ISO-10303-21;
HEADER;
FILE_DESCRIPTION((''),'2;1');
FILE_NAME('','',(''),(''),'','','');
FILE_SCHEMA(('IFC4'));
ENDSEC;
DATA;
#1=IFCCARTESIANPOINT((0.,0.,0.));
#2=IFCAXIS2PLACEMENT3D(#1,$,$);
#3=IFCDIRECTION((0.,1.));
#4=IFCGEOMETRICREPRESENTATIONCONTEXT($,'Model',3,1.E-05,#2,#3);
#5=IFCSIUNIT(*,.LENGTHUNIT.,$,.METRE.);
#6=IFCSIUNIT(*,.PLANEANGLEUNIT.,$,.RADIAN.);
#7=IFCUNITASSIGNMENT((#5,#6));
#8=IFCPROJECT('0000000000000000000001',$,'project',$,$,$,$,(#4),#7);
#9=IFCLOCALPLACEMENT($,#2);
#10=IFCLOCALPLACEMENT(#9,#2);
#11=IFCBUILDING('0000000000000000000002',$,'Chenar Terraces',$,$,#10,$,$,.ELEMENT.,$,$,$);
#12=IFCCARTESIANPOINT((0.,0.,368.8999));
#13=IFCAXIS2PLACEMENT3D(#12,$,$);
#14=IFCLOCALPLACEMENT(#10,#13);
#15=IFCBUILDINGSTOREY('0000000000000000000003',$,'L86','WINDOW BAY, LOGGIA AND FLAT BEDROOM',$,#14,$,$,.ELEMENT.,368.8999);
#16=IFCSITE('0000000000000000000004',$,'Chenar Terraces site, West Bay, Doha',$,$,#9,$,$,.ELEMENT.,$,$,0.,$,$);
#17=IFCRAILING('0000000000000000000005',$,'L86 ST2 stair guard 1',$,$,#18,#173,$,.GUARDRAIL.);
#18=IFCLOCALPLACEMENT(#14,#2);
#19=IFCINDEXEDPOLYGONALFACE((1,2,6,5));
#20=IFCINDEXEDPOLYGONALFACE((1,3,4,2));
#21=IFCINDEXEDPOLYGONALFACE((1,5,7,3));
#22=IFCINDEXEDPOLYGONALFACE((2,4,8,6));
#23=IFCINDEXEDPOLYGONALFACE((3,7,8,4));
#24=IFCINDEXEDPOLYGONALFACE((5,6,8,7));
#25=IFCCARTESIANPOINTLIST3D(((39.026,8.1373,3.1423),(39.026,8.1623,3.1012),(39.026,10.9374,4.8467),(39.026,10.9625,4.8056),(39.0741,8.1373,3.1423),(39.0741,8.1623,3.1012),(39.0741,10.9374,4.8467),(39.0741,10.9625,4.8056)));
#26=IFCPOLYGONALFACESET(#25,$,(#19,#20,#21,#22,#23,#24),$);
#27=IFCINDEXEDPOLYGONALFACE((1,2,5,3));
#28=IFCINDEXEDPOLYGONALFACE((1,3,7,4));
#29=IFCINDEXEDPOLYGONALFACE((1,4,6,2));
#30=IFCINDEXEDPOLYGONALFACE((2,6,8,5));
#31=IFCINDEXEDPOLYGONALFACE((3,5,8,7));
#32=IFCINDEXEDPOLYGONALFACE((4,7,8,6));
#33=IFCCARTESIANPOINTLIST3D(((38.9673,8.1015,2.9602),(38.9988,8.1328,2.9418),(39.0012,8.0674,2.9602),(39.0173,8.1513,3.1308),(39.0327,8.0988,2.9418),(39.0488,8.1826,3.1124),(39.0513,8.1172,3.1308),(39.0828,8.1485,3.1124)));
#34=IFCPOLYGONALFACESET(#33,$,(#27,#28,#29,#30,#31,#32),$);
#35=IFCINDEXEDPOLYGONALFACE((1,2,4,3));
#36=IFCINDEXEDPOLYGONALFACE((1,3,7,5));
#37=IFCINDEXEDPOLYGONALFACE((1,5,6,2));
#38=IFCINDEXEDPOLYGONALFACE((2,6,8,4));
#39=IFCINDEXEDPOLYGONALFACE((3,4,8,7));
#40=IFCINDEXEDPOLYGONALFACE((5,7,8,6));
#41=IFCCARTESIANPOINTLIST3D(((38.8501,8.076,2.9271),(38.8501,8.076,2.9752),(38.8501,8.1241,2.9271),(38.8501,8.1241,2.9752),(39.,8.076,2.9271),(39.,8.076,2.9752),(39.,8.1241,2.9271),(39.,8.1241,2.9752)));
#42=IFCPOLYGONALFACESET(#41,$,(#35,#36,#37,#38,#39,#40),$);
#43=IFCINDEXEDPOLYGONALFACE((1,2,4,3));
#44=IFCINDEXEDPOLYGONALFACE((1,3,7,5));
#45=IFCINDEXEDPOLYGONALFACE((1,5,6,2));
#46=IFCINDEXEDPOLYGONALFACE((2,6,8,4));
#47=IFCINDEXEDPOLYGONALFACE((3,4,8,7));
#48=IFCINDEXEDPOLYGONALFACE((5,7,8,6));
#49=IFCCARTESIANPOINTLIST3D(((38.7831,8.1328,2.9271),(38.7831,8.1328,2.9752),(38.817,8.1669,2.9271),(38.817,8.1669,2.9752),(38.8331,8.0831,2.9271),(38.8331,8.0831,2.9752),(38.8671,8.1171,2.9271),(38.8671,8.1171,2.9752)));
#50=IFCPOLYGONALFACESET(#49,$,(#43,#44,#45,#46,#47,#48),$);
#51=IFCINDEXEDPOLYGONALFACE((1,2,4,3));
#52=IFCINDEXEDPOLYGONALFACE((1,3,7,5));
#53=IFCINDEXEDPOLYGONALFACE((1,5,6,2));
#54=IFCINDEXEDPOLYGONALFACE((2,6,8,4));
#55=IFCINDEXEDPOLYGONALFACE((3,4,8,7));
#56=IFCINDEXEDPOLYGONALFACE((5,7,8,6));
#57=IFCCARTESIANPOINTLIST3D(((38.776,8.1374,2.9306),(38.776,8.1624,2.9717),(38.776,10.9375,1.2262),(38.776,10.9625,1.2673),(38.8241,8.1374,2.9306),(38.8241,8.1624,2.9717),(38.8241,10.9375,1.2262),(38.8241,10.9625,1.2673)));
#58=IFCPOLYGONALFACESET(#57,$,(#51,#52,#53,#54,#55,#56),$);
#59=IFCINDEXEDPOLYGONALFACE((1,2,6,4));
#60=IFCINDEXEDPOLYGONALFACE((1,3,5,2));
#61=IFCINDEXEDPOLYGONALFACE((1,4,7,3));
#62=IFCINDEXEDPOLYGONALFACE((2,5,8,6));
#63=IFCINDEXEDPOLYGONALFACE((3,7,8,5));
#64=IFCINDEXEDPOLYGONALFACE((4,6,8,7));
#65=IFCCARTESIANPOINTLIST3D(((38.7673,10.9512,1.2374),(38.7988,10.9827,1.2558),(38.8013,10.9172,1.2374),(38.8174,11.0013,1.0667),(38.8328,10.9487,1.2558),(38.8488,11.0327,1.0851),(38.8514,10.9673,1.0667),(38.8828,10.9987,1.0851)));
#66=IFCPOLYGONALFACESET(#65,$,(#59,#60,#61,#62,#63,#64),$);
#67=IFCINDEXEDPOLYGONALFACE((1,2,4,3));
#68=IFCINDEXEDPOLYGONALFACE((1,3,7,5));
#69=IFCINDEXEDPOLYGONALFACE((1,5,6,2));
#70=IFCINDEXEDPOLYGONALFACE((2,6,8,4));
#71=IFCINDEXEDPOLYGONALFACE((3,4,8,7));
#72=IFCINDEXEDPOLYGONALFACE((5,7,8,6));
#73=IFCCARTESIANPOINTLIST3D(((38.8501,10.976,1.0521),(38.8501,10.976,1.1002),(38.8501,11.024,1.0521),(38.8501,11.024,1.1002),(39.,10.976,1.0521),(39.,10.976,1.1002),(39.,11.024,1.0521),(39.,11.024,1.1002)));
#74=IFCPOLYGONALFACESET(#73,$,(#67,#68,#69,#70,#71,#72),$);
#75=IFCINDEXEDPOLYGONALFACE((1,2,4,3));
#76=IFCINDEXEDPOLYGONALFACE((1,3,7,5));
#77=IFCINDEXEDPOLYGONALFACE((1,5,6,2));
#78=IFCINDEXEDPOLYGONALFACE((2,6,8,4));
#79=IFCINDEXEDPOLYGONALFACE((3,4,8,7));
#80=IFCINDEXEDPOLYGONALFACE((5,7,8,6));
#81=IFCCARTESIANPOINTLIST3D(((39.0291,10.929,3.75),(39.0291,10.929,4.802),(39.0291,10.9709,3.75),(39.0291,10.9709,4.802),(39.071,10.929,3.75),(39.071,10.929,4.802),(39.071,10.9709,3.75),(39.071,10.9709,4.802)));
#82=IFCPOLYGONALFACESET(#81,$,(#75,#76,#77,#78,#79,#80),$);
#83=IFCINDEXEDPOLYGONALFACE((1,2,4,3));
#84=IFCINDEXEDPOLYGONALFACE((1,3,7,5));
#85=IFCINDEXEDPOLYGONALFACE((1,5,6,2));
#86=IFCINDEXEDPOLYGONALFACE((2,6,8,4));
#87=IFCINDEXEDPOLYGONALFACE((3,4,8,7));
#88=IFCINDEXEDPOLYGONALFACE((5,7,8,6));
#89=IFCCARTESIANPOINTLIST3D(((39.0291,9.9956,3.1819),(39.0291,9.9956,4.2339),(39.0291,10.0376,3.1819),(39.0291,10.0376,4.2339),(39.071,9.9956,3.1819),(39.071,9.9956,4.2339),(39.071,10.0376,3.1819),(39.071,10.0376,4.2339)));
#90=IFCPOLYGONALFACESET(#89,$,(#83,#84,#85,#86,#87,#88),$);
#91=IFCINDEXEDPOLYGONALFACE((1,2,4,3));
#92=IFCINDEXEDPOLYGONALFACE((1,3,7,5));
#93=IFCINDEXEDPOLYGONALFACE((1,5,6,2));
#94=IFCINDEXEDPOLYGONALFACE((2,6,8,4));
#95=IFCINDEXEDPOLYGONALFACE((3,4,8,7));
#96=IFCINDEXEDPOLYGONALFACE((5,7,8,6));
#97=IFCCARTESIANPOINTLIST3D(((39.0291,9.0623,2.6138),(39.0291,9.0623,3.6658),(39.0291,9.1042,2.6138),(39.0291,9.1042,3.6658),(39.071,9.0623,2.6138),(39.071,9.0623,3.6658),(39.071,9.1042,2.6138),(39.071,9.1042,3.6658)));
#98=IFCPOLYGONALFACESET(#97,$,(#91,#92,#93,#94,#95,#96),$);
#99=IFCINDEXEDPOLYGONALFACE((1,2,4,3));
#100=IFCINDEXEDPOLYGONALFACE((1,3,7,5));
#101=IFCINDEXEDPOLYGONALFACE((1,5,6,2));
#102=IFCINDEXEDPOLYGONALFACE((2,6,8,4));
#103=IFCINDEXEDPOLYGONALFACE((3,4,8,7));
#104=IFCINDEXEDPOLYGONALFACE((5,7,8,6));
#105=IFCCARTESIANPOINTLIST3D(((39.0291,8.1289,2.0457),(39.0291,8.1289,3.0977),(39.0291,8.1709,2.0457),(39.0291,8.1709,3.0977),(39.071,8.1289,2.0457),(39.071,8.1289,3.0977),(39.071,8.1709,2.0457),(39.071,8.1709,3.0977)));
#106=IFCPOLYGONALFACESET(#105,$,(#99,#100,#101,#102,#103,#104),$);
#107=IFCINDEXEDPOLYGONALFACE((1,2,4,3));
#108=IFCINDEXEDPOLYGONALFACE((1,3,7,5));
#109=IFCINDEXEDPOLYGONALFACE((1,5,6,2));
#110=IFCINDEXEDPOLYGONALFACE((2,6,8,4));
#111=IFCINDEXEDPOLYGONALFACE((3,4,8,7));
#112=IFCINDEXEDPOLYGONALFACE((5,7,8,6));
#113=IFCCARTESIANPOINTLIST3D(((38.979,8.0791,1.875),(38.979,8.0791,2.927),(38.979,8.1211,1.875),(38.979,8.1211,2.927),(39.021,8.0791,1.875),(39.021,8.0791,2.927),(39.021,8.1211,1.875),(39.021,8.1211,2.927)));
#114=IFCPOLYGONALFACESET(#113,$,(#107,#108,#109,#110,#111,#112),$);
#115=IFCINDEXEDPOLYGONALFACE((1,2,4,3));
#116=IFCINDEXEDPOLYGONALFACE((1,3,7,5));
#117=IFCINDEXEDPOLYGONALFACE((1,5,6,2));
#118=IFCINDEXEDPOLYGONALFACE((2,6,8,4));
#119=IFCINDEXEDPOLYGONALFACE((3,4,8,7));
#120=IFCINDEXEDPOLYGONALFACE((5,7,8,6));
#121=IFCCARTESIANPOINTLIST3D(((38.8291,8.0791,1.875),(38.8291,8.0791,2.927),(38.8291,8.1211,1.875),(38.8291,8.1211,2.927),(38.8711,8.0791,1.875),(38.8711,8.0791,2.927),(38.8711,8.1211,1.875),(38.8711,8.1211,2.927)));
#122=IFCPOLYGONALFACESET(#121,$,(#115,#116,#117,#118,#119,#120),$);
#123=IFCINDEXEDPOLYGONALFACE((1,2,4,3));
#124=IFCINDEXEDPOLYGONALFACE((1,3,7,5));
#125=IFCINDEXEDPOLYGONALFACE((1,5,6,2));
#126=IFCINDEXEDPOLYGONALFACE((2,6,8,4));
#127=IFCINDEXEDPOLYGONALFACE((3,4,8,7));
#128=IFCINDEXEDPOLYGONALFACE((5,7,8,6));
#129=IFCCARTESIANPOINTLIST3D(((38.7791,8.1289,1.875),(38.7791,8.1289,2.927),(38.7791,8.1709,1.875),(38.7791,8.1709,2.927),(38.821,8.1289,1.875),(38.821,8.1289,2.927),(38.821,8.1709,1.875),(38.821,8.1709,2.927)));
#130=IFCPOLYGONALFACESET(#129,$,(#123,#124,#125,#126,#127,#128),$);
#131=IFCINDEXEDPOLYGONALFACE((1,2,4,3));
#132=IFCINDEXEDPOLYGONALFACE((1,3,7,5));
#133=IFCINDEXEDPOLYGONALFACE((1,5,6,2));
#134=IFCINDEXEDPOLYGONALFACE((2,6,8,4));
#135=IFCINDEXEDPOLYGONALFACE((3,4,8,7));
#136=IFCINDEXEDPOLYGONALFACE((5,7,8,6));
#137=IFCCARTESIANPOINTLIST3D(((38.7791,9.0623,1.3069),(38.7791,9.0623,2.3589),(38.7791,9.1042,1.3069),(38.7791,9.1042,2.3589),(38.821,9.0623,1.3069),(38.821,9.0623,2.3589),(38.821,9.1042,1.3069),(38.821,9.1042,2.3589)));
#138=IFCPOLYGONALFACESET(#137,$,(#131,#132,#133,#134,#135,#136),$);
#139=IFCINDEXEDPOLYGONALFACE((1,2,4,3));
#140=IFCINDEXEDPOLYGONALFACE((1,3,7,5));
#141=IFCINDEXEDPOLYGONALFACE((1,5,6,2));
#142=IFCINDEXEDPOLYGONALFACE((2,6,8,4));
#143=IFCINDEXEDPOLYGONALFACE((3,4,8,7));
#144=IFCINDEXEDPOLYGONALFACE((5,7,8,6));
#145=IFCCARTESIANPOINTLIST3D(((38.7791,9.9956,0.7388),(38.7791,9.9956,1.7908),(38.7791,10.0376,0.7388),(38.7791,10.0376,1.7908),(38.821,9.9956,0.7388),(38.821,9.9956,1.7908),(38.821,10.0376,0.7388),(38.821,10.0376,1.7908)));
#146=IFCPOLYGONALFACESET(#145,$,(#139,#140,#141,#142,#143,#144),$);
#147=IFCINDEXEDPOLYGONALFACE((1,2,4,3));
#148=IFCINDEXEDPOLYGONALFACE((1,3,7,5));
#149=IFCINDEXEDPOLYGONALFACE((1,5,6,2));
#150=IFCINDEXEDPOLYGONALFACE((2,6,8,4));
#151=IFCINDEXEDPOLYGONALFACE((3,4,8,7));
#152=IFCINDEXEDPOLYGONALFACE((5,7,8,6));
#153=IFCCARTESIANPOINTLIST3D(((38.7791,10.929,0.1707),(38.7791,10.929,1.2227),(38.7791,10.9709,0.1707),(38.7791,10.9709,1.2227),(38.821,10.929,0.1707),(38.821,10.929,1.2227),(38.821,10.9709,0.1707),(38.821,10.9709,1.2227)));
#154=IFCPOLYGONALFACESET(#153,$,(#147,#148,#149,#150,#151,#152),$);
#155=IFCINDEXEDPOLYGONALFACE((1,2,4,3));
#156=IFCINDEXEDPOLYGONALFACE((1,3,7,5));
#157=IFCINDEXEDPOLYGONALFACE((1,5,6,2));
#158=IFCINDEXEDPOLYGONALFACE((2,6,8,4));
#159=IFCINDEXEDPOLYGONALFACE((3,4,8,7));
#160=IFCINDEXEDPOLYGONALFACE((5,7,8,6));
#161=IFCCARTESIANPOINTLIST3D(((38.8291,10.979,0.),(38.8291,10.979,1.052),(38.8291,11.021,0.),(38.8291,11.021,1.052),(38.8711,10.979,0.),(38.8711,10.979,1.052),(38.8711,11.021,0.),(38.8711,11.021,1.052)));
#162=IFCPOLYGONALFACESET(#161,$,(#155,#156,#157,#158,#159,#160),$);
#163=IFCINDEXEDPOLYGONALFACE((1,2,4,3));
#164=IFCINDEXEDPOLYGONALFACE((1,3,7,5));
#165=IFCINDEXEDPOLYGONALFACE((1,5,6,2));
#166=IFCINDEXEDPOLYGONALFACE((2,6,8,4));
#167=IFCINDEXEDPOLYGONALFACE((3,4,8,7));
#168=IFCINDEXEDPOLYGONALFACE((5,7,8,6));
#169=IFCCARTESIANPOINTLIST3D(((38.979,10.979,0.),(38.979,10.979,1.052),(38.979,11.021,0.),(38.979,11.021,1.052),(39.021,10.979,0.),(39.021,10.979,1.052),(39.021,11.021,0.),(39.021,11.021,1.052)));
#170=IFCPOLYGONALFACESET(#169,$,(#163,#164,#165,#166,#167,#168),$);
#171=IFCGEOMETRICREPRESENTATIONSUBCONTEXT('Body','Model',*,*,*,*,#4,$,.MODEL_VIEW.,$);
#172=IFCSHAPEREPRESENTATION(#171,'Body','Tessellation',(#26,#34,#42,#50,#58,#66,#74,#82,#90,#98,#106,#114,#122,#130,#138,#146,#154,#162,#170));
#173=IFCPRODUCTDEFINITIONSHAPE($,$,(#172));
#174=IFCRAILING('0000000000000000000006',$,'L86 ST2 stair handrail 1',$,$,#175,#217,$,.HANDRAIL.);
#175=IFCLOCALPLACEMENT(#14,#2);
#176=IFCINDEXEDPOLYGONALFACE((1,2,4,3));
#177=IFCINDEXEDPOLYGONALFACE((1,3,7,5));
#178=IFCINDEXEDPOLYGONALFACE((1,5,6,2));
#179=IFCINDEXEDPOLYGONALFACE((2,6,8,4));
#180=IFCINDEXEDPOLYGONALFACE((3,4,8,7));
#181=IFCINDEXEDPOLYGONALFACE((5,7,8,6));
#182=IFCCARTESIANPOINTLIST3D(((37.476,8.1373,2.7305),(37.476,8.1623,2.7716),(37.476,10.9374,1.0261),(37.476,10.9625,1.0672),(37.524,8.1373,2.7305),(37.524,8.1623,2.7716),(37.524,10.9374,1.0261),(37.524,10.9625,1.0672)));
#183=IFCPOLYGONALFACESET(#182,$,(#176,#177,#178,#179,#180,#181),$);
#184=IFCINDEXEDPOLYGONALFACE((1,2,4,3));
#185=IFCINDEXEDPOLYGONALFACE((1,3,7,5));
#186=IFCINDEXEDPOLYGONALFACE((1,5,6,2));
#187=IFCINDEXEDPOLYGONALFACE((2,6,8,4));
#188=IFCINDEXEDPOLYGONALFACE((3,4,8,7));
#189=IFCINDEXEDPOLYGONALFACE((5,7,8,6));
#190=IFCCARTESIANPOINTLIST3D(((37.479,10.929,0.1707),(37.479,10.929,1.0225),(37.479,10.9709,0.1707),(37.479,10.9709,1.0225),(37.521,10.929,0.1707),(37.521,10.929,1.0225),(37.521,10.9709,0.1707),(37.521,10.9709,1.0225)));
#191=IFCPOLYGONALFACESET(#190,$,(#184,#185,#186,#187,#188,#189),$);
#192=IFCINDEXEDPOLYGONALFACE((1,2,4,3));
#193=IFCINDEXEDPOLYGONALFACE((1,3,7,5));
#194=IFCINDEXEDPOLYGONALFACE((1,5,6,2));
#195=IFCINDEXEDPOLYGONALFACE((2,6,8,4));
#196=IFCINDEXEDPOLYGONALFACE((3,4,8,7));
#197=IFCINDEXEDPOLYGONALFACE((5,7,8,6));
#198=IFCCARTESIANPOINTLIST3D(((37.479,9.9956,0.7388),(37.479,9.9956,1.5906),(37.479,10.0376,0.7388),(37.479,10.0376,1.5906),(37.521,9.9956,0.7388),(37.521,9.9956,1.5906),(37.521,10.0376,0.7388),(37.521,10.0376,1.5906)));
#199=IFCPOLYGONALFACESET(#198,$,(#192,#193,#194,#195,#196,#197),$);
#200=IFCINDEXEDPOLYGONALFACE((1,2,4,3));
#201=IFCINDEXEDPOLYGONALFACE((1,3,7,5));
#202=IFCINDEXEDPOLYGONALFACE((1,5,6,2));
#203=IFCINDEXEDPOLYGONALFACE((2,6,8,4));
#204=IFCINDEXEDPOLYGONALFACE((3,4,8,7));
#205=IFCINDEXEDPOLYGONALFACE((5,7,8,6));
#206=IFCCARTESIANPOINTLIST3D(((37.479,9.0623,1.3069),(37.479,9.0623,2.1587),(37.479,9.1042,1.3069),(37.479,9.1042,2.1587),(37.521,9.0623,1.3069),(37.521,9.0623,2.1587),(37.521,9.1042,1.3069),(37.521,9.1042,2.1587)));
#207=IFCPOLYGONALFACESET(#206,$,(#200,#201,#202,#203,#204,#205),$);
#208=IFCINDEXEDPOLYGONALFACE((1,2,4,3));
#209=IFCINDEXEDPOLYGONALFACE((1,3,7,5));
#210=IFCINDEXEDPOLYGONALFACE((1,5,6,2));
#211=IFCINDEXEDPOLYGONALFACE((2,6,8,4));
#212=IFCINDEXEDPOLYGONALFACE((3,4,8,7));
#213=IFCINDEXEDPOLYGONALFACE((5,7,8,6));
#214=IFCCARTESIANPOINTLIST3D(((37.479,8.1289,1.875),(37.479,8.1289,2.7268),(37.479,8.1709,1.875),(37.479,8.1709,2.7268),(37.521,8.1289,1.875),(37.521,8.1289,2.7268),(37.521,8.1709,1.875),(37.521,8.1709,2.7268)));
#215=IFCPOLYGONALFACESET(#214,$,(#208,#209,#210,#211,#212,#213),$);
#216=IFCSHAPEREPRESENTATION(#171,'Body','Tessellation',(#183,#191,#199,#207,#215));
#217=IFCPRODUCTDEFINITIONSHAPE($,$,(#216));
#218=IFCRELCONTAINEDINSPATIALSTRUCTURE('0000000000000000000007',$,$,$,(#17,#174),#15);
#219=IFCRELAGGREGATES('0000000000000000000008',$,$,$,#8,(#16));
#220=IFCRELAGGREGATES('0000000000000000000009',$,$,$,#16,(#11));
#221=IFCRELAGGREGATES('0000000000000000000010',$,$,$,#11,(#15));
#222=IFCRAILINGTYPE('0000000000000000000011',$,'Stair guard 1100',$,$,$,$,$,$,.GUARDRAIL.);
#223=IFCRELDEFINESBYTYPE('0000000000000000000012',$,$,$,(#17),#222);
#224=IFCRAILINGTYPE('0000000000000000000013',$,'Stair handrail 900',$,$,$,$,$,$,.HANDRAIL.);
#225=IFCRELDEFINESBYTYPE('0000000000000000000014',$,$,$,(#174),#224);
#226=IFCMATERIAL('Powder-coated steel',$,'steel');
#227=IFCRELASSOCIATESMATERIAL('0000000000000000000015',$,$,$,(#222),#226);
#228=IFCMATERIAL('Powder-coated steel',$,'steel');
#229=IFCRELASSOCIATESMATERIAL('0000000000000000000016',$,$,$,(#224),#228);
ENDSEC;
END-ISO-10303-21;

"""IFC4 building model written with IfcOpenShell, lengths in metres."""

from ifc_helpers import new_model, si_unit, direction, frame, origin, origin_2d, place, context, subcontext, project, spatial, rectangle, extrude, material, type_object, element, save


model = new_model("IFC4")

# Units and contexts
model_context = context("Model", 3, precision=1e-05, world=origin(), true_north=direction((0.0, 1.0)))
body_context = subcontext(model_context, "Body", "Model", "MODEL_VIEW")
ifc_project = project(units=[si_unit("LENGTHUNIT", "METRE"), si_unit("PLANEANGLEUNIT", "RADIAN")], contexts=[model_context])

# Site, building, storey
site_placement = place(None, origin())
site = spatial("IfcSite", under=ifc_project, at=site_placement, Name="Chenar Terraces site, West Bay, Doha", CompositionType="ELEMENT", RefElevation=0.0)
building_placement = place(site_placement, origin())
building = spatial("IfcBuilding", under=site, at=building_placement, Name="Chenar Terraces", CompositionType="ELEMENT")
storey_placement = place(building_placement, frame((0.0, 0.0, 368.8999)))
storey = spatial("IfcBuildingStorey", under=building, at=storey_placement, Name="L86", Description="WINDOW BAY, LOGGIA AND FLAT BEDROOM", CompositionType="ELEMENT", Elevation=368.8999)

# Railings
ifc_material_1 = material(Name="Powder-coated steel", Category="steel")
railing_type_1 = type_object("IfcRailingType", Name="Stair guard 1100", PredefinedType="GUARDRAIL", material=ifc_material_1)
railing_1_placement = place(storey_placement, frame((39.05, 10.95, 3.75)))
element("IfcRailing", 1, at=railing_1_placement, inside=storey, type_object=railing_type_1, Name="L86 ST2 stair guard 1", PredefinedType="GUARDRAIL", context=body_context, shape_type="SweptSolid", body=[
    extrude(rectangle(XDim=0.0481, YDim=0.0481, at=origin_2d()), frame((0.0, 0.0, 1.0762), z_axis=(0.0, -0.854203, -0.51994), x_axis=(1.0, 0.0, 0.0)), (0.0, 0.0, 1.0), 3.2781),
    extrude(rectangle(XDim=0.0481, YDim=0.0481, at=origin_2d()), frame((0.0, -2.8, -0.6284), z_axis=(-0.270997, -0.269675, -0.924033), x_axis=(0.705376, -0.708834, 0.0)), (0.0, 0.0, 1.0), 0.1846),
    extrude(rectangle(XDim=0.0481, YDim=0.0481, at=origin_2d()), frame((-0.05, -2.8499, -0.7988), z_axis=(-1.0, 0.0, 0.0), x_axis=(0.0, -1.0, 0.0)), (0.0, 0.0, 1.0), 0.1499),
    extrude(rectangle(XDim=0.0481, YDim=0.0481, at=origin_2d()), frame((-0.2, -2.8499, -0.7988), z_axis=(-0.708834, 0.705376, 0.0), x_axis=(-0.705376, -0.708834, 0.0)), (0.0, 0.0, 1.0), 0.0706),
    extrude(rectangle(XDim=0.0481, YDim=0.0481, at=origin_2d()), frame((-0.25, -2.8, -0.7988), z_axis=(0.0, 0.854203, -0.51994), x_axis=(-1.0, 0.0, 0.0)), (0.0, 0.0, 1.0), 3.2781),
    extrude(rectangle(XDim=0.0481, YDim=0.0481, at=origin_2d()), frame((-0.25, 0.0, -2.5034), z_axis=(0.2709, 0.2709, -0.923703), x_axis=(-0.707107, 0.707107, 0.0)), (0.0, 0.0, 1.0), 0.1848),
    extrude(rectangle(XDim=0.0481, YDim=0.0481, at=origin_2d()), frame((-0.2, 0.05, -2.6738), z_axis=(1.0, 0.0, 0.0), x_axis=(0.0, 1.0, 0.0)), (0.0, 0.0, 1.0), 0.1499),
    extrude(rectangle(XDim=0.042, YDim=0.042, at=origin_2d()), origin(), (0.0, 0.0, 1.0), 1.052),
    extrude(rectangle(XDim=0.042, YDim=0.042, at=origin_2d()), frame((0.0, -0.9333, -0.5681)), (0.0, 0.0, 1.0), 1.052),
    extrude(rectangle(XDim=0.042, YDim=0.042, at=origin_2d()), frame((0.0, -1.8667, -1.1362)), (0.0, 0.0, 1.0), 1.052),
    extrude(rectangle(XDim=0.042, YDim=0.042, at=origin_2d()), frame((0.0, -2.8, -1.7043)), (0.0, 0.0, 1.0), 1.052),
    extrude(rectangle(XDim=0.042, YDim=0.042, at=origin_2d()), frame((-0.05, -2.8499, -1.875)), (0.0, 0.0, 1.0), 1.052),
    extrude(rectangle(XDim=0.042, YDim=0.042, at=origin_2d()), frame((-0.2, -2.8499, -1.875)), (0.0, 0.0, 1.0), 1.052),
    extrude(rectangle(XDim=0.042, YDim=0.042, at=origin_2d()), frame((-0.25, -2.8, -1.875)), (0.0, 0.0, 1.0), 1.052),
    extrude(rectangle(XDim=0.042, YDim=0.042, at=origin_2d()), frame((-0.25, -1.8667, -2.4431)), (0.0, 0.0, 1.0), 1.052),
    extrude(rectangle(XDim=0.042, YDim=0.042, at=origin_2d()), frame((-0.25, -0.9333, -3.0112)), (0.0, 0.0, 1.0), 1.052),
    extrude(rectangle(XDim=0.042, YDim=0.042, at=origin_2d()), frame((-0.25, 0.0, -3.5793)), (0.0, 0.0, 1.0), 1.052),
    extrude(rectangle(XDim=0.042, YDim=0.042, at=origin_2d()), frame((-0.2, 0.05, -3.75)), (0.0, 0.0, 1.0), 1.052),
    extrude(rectangle(XDim=0.042, YDim=0.042, at=origin_2d()), frame((-0.05, 0.05, -3.75)), (0.0, 0.0, 1.0), 1.052),
])
ifc_material_2 = material(Name="Powder-coated steel", Category="steel")
railing_type_2 = type_object("IfcRailingType", Name="Stair handrail 900", PredefinedType="HANDRAIL", material=ifc_material_2)
railing_2_placement = place(storey_placement, frame((37.5, 10.95, 0.1707)))
element("IfcRailing", 2, at=railing_2_placement, inside=storey, type_object=railing_type_2, Name="L86 ST2 stair handrail 1", PredefinedType="HANDRAIL", context=body_context, shape_type="SweptSolid", body=[
    extrude(rectangle(XDim=0.0481, YDim=0.0481, at=origin_2d()), frame((0.0, 0.0, 0.876), z_axis=(0.0, -0.854203, 0.51994), x_axis=(1.0, 0.0, 0.0)), (0.0, 0.0, 1.0), 3.2781),
    extrude(rectangle(XDim=0.042, YDim=0.042, at=origin_2d()), origin(), (0.0, 0.0, 1.0), 0.8518),
    extrude(rectangle(XDim=0.042, YDim=0.042, at=origin_2d()), frame((0.0, -0.9333, 0.5681)), (0.0, 0.0, 1.0), 0.8518),
    extrude(rectangle(XDim=0.042, YDim=0.042, at=origin_2d()), frame((0.0, -1.8667, 1.1362)), (0.0, 0.0, 1.0), 0.8518),
    extrude(rectangle(XDim=0.042, YDim=0.042, at=origin_2d()), frame((0.0, -2.8, 1.7043)), (0.0, 0.0, 1.0), 0.8518),
])

save(model, "model.ifc")
